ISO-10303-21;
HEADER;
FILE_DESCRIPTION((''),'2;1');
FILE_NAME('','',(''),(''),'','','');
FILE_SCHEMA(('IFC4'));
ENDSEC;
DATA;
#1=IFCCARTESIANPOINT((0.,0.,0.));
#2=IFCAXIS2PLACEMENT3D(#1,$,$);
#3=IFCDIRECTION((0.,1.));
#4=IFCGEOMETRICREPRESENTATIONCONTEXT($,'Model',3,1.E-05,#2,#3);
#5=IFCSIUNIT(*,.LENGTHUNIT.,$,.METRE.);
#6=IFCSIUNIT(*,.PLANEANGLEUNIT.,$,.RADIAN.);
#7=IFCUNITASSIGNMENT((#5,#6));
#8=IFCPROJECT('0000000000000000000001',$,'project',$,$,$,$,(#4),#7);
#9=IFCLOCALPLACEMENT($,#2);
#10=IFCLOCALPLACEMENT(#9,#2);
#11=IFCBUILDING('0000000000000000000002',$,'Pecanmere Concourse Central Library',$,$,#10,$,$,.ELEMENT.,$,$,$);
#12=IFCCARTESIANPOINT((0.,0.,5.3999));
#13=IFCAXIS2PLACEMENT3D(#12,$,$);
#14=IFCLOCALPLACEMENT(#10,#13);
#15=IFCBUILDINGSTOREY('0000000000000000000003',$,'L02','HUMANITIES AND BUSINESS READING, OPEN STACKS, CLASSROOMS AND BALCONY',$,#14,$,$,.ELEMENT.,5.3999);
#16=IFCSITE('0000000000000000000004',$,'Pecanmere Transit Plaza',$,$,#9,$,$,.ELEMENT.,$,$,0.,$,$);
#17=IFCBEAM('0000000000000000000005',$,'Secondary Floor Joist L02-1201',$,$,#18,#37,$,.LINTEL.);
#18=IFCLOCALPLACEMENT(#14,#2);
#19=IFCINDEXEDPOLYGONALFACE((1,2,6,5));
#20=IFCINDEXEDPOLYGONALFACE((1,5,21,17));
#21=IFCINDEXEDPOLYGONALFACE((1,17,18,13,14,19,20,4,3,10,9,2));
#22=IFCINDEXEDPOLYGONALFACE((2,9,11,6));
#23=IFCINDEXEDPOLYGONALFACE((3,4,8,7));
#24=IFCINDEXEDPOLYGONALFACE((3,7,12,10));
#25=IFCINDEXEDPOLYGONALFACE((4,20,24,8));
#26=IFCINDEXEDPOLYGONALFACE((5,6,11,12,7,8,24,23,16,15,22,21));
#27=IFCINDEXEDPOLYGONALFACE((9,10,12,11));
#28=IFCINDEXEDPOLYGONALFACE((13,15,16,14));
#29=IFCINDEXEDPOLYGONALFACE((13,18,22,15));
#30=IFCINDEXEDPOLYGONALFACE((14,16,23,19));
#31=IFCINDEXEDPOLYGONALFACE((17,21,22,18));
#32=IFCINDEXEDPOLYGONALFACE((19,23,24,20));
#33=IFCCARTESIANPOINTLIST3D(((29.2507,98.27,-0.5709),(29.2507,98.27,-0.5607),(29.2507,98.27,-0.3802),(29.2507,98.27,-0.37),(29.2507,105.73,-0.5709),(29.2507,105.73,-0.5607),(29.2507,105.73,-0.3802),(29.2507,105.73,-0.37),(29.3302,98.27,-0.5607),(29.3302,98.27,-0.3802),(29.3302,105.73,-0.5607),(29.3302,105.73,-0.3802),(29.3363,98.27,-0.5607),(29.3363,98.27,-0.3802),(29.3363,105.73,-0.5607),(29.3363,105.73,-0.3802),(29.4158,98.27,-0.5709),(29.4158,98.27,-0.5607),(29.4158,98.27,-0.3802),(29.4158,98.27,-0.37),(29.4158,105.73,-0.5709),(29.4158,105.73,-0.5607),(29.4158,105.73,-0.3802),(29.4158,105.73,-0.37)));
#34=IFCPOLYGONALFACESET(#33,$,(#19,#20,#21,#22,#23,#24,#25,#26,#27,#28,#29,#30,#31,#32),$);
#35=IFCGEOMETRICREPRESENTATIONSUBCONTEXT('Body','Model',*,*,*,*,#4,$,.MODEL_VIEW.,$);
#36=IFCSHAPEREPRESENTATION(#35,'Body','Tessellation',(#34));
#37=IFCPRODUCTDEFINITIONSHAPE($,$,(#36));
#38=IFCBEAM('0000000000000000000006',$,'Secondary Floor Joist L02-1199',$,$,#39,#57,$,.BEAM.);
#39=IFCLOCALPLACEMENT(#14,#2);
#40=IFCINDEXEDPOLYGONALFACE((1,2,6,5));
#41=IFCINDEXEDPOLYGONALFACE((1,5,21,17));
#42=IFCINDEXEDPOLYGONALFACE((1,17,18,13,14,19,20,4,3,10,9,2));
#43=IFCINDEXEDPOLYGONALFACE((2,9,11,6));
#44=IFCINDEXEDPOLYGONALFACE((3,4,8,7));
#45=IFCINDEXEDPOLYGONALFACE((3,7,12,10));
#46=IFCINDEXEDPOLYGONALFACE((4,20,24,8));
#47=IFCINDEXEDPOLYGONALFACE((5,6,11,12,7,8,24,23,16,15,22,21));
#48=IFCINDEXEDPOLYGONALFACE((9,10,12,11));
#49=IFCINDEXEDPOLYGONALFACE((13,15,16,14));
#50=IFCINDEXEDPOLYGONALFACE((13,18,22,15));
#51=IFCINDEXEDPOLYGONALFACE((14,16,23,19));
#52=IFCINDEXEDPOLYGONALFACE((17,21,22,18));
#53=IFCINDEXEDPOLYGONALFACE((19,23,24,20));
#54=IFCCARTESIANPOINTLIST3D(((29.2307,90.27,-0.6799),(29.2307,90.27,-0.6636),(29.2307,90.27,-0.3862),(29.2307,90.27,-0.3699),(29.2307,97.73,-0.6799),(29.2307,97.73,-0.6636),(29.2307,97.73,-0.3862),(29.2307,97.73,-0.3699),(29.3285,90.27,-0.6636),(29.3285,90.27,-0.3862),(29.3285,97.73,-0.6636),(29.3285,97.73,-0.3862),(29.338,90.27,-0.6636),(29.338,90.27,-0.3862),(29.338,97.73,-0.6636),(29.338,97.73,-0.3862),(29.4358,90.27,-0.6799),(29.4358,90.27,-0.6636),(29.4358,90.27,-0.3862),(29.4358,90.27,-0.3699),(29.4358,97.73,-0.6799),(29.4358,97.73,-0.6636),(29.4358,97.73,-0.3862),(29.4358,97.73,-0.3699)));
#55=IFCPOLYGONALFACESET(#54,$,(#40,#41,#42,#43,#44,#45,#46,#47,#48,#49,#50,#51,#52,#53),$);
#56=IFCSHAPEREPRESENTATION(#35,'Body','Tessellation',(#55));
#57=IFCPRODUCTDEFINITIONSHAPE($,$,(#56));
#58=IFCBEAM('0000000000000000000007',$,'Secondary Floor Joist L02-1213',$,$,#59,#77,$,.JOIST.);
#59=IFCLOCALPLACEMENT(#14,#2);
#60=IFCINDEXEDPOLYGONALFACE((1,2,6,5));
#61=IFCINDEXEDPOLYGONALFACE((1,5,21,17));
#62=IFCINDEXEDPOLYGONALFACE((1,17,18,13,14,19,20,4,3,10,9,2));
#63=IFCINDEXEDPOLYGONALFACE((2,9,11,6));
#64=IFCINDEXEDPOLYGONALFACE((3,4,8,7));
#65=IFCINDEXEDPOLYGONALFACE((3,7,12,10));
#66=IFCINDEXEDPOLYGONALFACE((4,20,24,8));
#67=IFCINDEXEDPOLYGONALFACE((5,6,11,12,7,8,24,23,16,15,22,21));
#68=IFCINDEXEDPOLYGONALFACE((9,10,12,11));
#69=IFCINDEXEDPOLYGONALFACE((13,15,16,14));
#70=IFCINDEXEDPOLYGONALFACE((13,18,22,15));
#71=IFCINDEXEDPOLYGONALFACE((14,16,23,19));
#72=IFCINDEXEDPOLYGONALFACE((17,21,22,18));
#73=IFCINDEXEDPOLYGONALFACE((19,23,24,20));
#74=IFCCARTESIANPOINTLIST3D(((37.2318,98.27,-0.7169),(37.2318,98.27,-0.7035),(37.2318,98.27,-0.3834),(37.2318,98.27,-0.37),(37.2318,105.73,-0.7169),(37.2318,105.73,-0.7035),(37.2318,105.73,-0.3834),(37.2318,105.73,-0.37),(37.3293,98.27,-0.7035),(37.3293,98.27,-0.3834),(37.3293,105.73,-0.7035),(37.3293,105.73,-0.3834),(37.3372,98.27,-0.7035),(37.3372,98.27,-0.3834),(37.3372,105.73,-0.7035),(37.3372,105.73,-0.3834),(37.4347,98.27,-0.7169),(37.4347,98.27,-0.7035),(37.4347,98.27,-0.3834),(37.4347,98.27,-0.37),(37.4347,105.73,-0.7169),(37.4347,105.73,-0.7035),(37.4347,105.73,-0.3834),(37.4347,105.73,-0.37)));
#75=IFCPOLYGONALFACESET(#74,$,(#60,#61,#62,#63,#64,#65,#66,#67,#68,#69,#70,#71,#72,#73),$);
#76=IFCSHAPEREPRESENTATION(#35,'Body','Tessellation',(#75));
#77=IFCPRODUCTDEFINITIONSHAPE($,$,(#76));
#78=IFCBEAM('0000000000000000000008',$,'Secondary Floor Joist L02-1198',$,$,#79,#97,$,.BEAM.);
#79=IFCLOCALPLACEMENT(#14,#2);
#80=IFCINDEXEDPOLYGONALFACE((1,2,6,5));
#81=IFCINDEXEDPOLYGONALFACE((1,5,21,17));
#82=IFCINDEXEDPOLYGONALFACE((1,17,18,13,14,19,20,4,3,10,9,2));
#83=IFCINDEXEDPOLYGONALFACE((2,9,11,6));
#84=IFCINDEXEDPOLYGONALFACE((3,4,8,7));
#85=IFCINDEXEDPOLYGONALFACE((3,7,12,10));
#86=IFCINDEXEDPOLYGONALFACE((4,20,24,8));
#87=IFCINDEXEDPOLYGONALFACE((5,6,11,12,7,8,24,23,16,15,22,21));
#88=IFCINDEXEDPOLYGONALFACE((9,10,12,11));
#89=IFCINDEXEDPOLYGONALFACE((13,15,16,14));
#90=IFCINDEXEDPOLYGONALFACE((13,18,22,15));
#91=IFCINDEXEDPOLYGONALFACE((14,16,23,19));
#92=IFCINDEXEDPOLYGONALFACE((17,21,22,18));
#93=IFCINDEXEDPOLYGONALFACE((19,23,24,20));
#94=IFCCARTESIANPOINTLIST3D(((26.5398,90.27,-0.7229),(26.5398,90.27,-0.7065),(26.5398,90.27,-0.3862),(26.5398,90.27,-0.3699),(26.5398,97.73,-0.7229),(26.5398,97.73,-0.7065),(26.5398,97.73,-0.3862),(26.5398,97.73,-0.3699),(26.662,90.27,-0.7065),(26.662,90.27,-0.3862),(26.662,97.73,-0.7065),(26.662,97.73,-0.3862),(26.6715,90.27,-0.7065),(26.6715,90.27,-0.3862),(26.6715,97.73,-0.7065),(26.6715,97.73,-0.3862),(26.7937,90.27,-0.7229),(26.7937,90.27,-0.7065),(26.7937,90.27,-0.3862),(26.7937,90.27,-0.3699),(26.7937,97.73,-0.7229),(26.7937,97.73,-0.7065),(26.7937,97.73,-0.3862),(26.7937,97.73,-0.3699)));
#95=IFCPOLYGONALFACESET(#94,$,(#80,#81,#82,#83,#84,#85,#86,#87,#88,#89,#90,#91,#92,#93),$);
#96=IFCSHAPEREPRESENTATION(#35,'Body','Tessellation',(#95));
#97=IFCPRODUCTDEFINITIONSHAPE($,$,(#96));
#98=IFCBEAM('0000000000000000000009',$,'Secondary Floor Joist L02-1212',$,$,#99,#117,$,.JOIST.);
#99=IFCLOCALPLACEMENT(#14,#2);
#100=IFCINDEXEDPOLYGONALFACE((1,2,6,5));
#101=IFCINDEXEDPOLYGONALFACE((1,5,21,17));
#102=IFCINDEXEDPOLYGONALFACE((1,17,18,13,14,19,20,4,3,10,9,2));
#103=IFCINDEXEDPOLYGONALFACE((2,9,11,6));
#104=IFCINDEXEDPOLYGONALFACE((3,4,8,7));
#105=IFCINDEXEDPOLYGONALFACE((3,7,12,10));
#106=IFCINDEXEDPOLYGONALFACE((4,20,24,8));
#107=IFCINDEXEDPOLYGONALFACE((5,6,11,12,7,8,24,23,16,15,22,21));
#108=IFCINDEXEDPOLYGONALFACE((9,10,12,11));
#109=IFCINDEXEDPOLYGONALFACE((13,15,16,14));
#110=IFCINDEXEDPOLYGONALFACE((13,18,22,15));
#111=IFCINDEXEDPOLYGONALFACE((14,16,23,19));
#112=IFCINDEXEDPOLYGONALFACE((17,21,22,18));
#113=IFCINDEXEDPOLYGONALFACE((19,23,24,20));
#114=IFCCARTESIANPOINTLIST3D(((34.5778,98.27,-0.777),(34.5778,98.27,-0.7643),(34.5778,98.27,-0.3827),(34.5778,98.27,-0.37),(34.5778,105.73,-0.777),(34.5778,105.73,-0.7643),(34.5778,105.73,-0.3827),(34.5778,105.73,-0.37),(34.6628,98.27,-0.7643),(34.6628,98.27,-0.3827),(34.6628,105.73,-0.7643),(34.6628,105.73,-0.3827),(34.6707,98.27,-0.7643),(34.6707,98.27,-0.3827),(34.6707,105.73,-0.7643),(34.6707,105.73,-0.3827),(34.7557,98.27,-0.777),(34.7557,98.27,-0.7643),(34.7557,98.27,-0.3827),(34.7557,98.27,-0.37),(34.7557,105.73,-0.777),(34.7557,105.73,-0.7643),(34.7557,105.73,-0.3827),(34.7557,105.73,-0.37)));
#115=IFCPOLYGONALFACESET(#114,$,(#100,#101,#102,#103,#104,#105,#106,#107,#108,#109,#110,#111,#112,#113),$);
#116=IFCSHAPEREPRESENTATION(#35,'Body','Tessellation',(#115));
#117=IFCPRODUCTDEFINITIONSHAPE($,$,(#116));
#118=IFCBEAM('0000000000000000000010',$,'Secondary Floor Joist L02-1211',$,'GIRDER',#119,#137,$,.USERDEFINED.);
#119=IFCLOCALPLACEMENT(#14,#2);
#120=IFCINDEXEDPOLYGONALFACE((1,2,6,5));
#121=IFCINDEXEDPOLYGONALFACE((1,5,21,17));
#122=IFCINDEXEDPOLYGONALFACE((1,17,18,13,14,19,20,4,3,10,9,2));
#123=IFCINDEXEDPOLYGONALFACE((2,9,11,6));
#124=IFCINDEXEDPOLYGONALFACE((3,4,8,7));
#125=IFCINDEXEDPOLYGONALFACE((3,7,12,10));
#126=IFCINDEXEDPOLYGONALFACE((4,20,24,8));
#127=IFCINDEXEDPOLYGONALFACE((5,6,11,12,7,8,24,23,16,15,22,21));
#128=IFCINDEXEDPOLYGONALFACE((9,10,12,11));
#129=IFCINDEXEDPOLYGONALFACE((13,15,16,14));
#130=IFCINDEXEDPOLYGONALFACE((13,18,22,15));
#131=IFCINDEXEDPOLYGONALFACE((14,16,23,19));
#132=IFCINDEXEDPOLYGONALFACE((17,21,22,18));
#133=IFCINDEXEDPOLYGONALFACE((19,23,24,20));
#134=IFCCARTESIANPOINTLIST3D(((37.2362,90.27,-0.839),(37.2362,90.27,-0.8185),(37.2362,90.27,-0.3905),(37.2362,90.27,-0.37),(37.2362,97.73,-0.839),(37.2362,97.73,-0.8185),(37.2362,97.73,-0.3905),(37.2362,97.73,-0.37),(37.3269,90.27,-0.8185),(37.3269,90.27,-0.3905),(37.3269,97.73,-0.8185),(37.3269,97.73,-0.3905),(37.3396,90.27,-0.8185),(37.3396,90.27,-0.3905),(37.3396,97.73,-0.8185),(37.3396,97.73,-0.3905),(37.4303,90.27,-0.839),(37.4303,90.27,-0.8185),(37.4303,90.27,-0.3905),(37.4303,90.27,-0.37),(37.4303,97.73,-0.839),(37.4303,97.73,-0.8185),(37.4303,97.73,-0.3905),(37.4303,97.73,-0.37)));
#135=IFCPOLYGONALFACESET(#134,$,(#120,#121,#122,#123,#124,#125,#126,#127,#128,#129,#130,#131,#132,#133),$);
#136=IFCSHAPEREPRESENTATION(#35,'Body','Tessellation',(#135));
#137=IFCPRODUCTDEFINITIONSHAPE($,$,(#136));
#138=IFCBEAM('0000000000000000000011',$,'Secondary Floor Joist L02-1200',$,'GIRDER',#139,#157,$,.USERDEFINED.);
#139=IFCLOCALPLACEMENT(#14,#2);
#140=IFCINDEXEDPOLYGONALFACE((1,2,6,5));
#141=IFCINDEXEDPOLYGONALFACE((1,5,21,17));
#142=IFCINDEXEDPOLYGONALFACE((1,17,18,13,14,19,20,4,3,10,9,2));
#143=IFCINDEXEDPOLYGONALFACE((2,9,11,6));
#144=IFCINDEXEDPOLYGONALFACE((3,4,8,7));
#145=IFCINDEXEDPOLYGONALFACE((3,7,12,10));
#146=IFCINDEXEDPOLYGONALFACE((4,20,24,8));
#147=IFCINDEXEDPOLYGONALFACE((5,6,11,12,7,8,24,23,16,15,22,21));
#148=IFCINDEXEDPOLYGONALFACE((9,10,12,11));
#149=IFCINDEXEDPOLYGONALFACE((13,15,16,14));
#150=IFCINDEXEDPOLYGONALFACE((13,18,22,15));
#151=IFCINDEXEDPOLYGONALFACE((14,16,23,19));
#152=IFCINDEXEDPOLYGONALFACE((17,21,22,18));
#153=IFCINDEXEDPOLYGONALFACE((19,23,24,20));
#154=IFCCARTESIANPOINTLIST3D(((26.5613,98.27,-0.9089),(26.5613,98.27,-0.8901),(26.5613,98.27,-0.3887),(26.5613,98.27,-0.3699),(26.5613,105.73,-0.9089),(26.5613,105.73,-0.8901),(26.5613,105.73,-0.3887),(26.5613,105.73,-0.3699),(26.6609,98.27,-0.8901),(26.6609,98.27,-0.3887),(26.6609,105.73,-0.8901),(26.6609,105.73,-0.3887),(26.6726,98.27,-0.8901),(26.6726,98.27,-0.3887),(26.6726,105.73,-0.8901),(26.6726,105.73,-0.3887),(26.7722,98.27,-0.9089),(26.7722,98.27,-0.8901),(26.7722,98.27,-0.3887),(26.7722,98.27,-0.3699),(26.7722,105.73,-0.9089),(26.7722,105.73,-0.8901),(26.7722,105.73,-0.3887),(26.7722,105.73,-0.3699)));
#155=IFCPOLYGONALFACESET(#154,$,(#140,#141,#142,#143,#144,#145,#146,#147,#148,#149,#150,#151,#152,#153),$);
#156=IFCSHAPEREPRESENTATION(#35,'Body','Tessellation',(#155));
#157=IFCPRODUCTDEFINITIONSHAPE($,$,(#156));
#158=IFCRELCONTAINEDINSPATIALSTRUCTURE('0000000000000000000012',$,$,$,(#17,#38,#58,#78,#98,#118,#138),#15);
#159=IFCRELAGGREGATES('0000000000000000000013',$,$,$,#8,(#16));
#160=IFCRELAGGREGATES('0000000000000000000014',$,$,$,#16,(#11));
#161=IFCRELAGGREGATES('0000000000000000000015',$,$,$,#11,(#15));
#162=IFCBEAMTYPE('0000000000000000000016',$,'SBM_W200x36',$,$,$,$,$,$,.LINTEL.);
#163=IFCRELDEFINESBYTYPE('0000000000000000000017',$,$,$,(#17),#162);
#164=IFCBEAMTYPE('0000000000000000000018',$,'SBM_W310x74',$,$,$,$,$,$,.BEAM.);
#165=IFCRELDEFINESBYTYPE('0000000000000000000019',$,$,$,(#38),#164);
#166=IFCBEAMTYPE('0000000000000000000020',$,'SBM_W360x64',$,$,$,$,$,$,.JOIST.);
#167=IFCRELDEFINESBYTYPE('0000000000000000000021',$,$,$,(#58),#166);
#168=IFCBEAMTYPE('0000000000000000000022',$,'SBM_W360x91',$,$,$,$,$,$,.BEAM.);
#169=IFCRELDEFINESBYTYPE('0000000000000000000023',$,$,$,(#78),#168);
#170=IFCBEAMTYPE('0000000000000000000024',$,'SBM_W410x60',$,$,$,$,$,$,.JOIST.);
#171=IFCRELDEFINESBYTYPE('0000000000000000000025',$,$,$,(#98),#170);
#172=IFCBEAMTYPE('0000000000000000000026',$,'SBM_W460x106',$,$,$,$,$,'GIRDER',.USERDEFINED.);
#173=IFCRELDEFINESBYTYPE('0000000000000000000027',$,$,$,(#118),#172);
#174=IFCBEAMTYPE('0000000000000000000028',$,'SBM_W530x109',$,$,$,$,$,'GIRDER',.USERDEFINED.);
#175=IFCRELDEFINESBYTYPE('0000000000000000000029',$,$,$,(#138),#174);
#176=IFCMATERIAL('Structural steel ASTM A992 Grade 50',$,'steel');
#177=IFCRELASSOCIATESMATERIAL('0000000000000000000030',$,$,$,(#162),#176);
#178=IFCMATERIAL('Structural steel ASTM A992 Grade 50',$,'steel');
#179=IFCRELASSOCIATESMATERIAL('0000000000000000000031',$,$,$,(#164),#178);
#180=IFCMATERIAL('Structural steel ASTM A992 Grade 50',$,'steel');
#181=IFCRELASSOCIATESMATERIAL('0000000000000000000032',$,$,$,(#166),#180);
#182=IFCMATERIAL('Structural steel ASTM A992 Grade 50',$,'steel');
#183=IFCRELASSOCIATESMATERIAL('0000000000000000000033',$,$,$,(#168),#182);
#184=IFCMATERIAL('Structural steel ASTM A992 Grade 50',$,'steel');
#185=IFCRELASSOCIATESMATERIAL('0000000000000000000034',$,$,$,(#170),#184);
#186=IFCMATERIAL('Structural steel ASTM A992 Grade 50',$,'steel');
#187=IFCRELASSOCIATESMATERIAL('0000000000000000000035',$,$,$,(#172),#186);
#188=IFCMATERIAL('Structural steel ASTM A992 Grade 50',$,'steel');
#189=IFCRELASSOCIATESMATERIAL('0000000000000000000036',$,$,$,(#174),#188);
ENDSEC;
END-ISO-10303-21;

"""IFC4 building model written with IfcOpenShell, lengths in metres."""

from ifc_helpers import new_model, si_unit, direction, frame, origin, origin_2d, place, context, subcontext, project, spatial, i_section, extrude, material, material_profile, profile_set, type_object, element, save


model = new_model("IFC4")

# Units and contexts
model_context = context("Model", 3, precision=1e-05, world=origin(), true_north=direction((0.0, 1.0)))
body_context = subcontext(model_context, "Body", "Model", "MODEL_VIEW")
ifc_project = project(units=[si_unit("LENGTHUNIT", "METRE"), si_unit("PLANEANGLEUNIT", "RADIAN")], contexts=[model_context])

# Site, building, storey
site_placement = place(None, origin())
site = spatial("IfcSite", under=ifc_project, at=site_placement, Name="Pecanmere Transit Plaza", CompositionType="ELEMENT", RefElevation=0.0)
building_placement = place(site_placement, origin())
building = spatial("IfcBuilding", under=site, at=building_placement, Name="Pecanmere Concourse Central Library", CompositionType="ELEMENT")
storey_placement = place(building_placement, frame((0.0, 0.0, 5.3999)))
storey = spatial("IfcBuildingStorey", under=building, at=storey_placement, Name="L02", Description="HUMANITIES AND BUSINESS READING, OPEN STACKS, CLASSROOMS AND BALCONY", CompositionType="ELEMENT", Elevation=5.3999)

# Beams
ifc_material_1 = material(Name="Structural steel ASTM A992 Grade 50", Category="steel")
ifc_material_profile_1 = material_profile(ifc_material_1, i_section(OverallWidth=0.165, OverallDepth=0.2009, WebThickness=0.0061, FlangeThickness=0.0103, at=origin_2d()), Name="W200x35.9")
ifc_profile_set_1 = profile_set([ifc_material_profile_1], Name="Structural steel ASTM A992 Grade 50")
beam_type_1 = type_object("IfcBeamType", Name="SBM_W200x36", PredefinedType="LINTEL", material=ifc_profile_set_1)
beam_1_placement = place(storey_placement, frame((29.3333, 98.27, -0.4705), z_axis=(0.0, 1.0, 0.0), x_axis=(-1.0, 0.0, 0.0)))
element("IfcBeam", 1, at=beam_1_placement, inside=storey, type_object=beam_type_1, Name="Secondary Floor Joist L02-1201", PredefinedType="LINTEL", context=body_context, shape_type="SweptSolid", body=[
    extrude(i_section(OverallWidth=0.165, OverallDepth=0.2009, WebThickness=0.0061, FlangeThickness=0.0103, at=origin_2d()), origin(), (0.0, 0.0, 1.0), 7.46),
])
ifc_material_2 = material(Name="Structural steel ASTM A992 Grade 50", Category="steel")
ifc_material_profile_2 = material_profile(ifc_material_2, i_section(OverallWidth=0.2051, OverallDepth=0.3101, WebThickness=0.0095, FlangeThickness=0.0164, at=origin_2d()), Name="W310x74")
ifc_profile_set_2 = profile_set([ifc_material_profile_2], Name="Structural steel ASTM A992 Grade 50")
beam_type_2 = type_object("IfcBeamType", Name="SBM_W310x74", PredefinedType="BEAM", material=ifc_profile_set_2)
beam_2_placement = place(storey_placement, frame((29.3333, 90.27, -0.5249), z_axis=(0.0, 1.0, 0.0), x_axis=(-1.0, 0.0, 0.0)))
element("IfcBeam", 2, at=beam_2_placement, inside=storey, type_object=beam_type_2, Name="Secondary Floor Joist L02-1199", PredefinedType="BEAM", context=body_context, shape_type="SweptSolid", body=[
    extrude(i_section(OverallWidth=0.2051, OverallDepth=0.3101, WebThickness=0.0095, FlangeThickness=0.0164, at=origin_2d()), origin(), (0.0, 0.0, 1.0), 7.46),
])
ifc_material_3 = material(Name="Structural steel ASTM A992 Grade 50", Category="steel")
ifc_material_profile_3 = material_profile(ifc_material_3, i_section(OverallWidth=0.2029, OverallDepth=0.3469, WebThickness=0.0078, FlangeThickness=0.0134, at=origin_2d()), Name="W360x64")
ifc_profile_set_3 = profile_set([ifc_material_profile_3], Name="Structural steel ASTM A992 Grade 50")
beam_type_3 = type_object("IfcBeamType", Name="SBM_W360x64", PredefinedType="JOIST", material=ifc_profile_set_3)
beam_3_placement = place(storey_placement, frame((37.3333, 98.27, -0.5435), z_axis=(0.0, 1.0, 0.0), x_axis=(-1.0, 0.0, 0.0)))
element("IfcBeam", 3, at=beam_3_placement, inside=storey, type_object=beam_type_3, Name="Secondary Floor Joist L02-1213", PredefinedType="JOIST", context=body_context, shape_type="SweptSolid", body=[
    extrude(i_section(OverallWidth=0.2029, OverallDepth=0.3469, WebThickness=0.0078, FlangeThickness=0.0134, at=origin_2d()), origin(), (0.0, 0.0, 1.0), 7.46),
])
ifc_material_4 = material(Name="Structural steel ASTM A992 Grade 50", Category="steel")
ifc_material_profile_4 = material_profile(ifc_material_4, i_section(OverallWidth=0.2539, OverallDepth=0.353, WebThickness=0.0095, FlangeThickness=0.0164, at=origin_2d()), Name="W360x91")
ifc_profile_set_4 = profile_set([ifc_material_profile_4], Name="Structural steel ASTM A992 Grade 50")
beam_type_4 = type_object("IfcBeamType", Name="SBM_W360x91", PredefinedType="BEAM", material=ifc_profile_set_4)
beam_4_placement = place(storey_placement, frame((26.6667, 90.27, -0.5464), z_axis=(0.0, 1.0, 0.0), x_axis=(-1.0, 0.0, 0.0)))
element("IfcBeam", 4, at=beam_4_placement, inside=storey, type_object=beam_type_4, Name="Secondary Floor Joist L02-1198", PredefinedType="BEAM", context=body_context, shape_type="SweptSolid", body=[
    extrude(i_section(OverallWidth=0.2539, OverallDepth=0.353, WebThickness=0.0095, FlangeThickness=0.0164, at=origin_2d()), origin(), (0.0, 0.0, 1.0), 7.46),
])
ifc_material_5 = material(Name="Structural steel ASTM A992 Grade 50", Category="steel")
ifc_material_profile_5 = material_profile(ifc_material_5, i_section(OverallWidth=0.178, OverallDepth=0.407, WebThickness=0.0078, FlangeThickness=0.0127, at=origin_2d()), Name="W410x60")
ifc_profile_set_5 = profile_set([ifc_material_profile_5], Name="Structural steel ASTM A992 Grade 50")
beam_type_5 = type_object("IfcBeamType", Name="SBM_W410x60", PredefinedType="JOIST", material=ifc_profile_set_5)
beam_5_placement = place(storey_placement, frame((34.6667, 98.27, -0.5735), z_axis=(0.0, 1.0, 0.0), x_axis=(-1.0, 0.0, 0.0)))
element("IfcBeam", 5, at=beam_5_placement, inside=storey, type_object=beam_type_5, Name="Secondary Floor Joist L02-1212", PredefinedType="JOIST", context=body_context, shape_type="SweptSolid", body=[
    extrude(i_section(OverallWidth=0.178, OverallDepth=0.407, WebThickness=0.0078, FlangeThickness=0.0127, at=origin_2d()), origin(), (0.0, 0.0, 1.0), 7.46),
])
ifc_material_6 = material(Name="Structural steel ASTM A992 Grade 50", Category="steel")
ifc_material_profile_6 = material_profile(ifc_material_6, i_section(OverallWidth=0.1941, OverallDepth=0.469, WebThickness=0.0127, FlangeThickness=0.0205, at=origin_2d()), Name="W460x106")
ifc_profile_set_6 = profile_set([ifc_material_profile_6], Name="Structural steel ASTM A992 Grade 50")
beam_type_6 = type_object("IfcBeamType", Name="SBM_W460x106", ElementType="GIRDER", PredefinedType="USERDEFINED", material=ifc_profile_set_6)
beam_6_placement = place(storey_placement, frame((37.3333, 90.27, -0.6045), z_axis=(0.0, 1.0, 0.0), x_axis=(-1.0, 0.0, 0.0)))
element("IfcBeam", 6, at=beam_6_placement, inside=storey, type_object=beam_type_6, Name="Secondary Floor Joist L02-1211", ObjectType="GIRDER", PredefinedType="USERDEFINED", context=body_context, shape_type="SweptSolid", body=[
    extrude(i_section(OverallWidth=0.1941, OverallDepth=0.469, WebThickness=0.0127, FlangeThickness=0.0205, at=origin_2d()), origin(), (0.0, 0.0, 1.0), 7.46),
])
ifc_material_7 = material(Name="Structural steel ASTM A992 Grade 50", Category="steel")
ifc_material_profile_7 = material_profile(ifc_material_7, i_section(OverallWidth=0.2109, OverallDepth=0.5391, WebThickness=0.0117, FlangeThickness=0.0188, at=origin_2d()), Name="W530x109")
ifc_profile_set_7 = profile_set([ifc_material_profile_7], Name="Structural steel ASTM A992 Grade 50")
beam_type_7 = type_object("IfcBeamType", Name="SBM_W530x109", ElementType="GIRDER", PredefinedType="USERDEFINED", material=ifc_profile_set_7)
beam_7_placement = place(storey_placement, frame((26.6667, 98.27, -0.6394), z_axis=(0.0, 1.0, 0.0), x_axis=(-1.0, 0.0, 0.0)))
element("IfcBeam", 7, at=beam_7_placement, inside=storey, type_object=beam_type_7, Name="Secondary Floor Joist L02-1200", ObjectType="GIRDER", PredefinedType="USERDEFINED", context=body_context, shape_type="SweptSolid", body=[
    extrude(i_section(OverallWidth=0.2109, OverallDepth=0.5391, WebThickness=0.0117, FlangeThickness=0.0188, at=origin_2d()), origin(), (0.0, 0.0, 1.0), 7.46),
])

save(model, "model.ifc")
